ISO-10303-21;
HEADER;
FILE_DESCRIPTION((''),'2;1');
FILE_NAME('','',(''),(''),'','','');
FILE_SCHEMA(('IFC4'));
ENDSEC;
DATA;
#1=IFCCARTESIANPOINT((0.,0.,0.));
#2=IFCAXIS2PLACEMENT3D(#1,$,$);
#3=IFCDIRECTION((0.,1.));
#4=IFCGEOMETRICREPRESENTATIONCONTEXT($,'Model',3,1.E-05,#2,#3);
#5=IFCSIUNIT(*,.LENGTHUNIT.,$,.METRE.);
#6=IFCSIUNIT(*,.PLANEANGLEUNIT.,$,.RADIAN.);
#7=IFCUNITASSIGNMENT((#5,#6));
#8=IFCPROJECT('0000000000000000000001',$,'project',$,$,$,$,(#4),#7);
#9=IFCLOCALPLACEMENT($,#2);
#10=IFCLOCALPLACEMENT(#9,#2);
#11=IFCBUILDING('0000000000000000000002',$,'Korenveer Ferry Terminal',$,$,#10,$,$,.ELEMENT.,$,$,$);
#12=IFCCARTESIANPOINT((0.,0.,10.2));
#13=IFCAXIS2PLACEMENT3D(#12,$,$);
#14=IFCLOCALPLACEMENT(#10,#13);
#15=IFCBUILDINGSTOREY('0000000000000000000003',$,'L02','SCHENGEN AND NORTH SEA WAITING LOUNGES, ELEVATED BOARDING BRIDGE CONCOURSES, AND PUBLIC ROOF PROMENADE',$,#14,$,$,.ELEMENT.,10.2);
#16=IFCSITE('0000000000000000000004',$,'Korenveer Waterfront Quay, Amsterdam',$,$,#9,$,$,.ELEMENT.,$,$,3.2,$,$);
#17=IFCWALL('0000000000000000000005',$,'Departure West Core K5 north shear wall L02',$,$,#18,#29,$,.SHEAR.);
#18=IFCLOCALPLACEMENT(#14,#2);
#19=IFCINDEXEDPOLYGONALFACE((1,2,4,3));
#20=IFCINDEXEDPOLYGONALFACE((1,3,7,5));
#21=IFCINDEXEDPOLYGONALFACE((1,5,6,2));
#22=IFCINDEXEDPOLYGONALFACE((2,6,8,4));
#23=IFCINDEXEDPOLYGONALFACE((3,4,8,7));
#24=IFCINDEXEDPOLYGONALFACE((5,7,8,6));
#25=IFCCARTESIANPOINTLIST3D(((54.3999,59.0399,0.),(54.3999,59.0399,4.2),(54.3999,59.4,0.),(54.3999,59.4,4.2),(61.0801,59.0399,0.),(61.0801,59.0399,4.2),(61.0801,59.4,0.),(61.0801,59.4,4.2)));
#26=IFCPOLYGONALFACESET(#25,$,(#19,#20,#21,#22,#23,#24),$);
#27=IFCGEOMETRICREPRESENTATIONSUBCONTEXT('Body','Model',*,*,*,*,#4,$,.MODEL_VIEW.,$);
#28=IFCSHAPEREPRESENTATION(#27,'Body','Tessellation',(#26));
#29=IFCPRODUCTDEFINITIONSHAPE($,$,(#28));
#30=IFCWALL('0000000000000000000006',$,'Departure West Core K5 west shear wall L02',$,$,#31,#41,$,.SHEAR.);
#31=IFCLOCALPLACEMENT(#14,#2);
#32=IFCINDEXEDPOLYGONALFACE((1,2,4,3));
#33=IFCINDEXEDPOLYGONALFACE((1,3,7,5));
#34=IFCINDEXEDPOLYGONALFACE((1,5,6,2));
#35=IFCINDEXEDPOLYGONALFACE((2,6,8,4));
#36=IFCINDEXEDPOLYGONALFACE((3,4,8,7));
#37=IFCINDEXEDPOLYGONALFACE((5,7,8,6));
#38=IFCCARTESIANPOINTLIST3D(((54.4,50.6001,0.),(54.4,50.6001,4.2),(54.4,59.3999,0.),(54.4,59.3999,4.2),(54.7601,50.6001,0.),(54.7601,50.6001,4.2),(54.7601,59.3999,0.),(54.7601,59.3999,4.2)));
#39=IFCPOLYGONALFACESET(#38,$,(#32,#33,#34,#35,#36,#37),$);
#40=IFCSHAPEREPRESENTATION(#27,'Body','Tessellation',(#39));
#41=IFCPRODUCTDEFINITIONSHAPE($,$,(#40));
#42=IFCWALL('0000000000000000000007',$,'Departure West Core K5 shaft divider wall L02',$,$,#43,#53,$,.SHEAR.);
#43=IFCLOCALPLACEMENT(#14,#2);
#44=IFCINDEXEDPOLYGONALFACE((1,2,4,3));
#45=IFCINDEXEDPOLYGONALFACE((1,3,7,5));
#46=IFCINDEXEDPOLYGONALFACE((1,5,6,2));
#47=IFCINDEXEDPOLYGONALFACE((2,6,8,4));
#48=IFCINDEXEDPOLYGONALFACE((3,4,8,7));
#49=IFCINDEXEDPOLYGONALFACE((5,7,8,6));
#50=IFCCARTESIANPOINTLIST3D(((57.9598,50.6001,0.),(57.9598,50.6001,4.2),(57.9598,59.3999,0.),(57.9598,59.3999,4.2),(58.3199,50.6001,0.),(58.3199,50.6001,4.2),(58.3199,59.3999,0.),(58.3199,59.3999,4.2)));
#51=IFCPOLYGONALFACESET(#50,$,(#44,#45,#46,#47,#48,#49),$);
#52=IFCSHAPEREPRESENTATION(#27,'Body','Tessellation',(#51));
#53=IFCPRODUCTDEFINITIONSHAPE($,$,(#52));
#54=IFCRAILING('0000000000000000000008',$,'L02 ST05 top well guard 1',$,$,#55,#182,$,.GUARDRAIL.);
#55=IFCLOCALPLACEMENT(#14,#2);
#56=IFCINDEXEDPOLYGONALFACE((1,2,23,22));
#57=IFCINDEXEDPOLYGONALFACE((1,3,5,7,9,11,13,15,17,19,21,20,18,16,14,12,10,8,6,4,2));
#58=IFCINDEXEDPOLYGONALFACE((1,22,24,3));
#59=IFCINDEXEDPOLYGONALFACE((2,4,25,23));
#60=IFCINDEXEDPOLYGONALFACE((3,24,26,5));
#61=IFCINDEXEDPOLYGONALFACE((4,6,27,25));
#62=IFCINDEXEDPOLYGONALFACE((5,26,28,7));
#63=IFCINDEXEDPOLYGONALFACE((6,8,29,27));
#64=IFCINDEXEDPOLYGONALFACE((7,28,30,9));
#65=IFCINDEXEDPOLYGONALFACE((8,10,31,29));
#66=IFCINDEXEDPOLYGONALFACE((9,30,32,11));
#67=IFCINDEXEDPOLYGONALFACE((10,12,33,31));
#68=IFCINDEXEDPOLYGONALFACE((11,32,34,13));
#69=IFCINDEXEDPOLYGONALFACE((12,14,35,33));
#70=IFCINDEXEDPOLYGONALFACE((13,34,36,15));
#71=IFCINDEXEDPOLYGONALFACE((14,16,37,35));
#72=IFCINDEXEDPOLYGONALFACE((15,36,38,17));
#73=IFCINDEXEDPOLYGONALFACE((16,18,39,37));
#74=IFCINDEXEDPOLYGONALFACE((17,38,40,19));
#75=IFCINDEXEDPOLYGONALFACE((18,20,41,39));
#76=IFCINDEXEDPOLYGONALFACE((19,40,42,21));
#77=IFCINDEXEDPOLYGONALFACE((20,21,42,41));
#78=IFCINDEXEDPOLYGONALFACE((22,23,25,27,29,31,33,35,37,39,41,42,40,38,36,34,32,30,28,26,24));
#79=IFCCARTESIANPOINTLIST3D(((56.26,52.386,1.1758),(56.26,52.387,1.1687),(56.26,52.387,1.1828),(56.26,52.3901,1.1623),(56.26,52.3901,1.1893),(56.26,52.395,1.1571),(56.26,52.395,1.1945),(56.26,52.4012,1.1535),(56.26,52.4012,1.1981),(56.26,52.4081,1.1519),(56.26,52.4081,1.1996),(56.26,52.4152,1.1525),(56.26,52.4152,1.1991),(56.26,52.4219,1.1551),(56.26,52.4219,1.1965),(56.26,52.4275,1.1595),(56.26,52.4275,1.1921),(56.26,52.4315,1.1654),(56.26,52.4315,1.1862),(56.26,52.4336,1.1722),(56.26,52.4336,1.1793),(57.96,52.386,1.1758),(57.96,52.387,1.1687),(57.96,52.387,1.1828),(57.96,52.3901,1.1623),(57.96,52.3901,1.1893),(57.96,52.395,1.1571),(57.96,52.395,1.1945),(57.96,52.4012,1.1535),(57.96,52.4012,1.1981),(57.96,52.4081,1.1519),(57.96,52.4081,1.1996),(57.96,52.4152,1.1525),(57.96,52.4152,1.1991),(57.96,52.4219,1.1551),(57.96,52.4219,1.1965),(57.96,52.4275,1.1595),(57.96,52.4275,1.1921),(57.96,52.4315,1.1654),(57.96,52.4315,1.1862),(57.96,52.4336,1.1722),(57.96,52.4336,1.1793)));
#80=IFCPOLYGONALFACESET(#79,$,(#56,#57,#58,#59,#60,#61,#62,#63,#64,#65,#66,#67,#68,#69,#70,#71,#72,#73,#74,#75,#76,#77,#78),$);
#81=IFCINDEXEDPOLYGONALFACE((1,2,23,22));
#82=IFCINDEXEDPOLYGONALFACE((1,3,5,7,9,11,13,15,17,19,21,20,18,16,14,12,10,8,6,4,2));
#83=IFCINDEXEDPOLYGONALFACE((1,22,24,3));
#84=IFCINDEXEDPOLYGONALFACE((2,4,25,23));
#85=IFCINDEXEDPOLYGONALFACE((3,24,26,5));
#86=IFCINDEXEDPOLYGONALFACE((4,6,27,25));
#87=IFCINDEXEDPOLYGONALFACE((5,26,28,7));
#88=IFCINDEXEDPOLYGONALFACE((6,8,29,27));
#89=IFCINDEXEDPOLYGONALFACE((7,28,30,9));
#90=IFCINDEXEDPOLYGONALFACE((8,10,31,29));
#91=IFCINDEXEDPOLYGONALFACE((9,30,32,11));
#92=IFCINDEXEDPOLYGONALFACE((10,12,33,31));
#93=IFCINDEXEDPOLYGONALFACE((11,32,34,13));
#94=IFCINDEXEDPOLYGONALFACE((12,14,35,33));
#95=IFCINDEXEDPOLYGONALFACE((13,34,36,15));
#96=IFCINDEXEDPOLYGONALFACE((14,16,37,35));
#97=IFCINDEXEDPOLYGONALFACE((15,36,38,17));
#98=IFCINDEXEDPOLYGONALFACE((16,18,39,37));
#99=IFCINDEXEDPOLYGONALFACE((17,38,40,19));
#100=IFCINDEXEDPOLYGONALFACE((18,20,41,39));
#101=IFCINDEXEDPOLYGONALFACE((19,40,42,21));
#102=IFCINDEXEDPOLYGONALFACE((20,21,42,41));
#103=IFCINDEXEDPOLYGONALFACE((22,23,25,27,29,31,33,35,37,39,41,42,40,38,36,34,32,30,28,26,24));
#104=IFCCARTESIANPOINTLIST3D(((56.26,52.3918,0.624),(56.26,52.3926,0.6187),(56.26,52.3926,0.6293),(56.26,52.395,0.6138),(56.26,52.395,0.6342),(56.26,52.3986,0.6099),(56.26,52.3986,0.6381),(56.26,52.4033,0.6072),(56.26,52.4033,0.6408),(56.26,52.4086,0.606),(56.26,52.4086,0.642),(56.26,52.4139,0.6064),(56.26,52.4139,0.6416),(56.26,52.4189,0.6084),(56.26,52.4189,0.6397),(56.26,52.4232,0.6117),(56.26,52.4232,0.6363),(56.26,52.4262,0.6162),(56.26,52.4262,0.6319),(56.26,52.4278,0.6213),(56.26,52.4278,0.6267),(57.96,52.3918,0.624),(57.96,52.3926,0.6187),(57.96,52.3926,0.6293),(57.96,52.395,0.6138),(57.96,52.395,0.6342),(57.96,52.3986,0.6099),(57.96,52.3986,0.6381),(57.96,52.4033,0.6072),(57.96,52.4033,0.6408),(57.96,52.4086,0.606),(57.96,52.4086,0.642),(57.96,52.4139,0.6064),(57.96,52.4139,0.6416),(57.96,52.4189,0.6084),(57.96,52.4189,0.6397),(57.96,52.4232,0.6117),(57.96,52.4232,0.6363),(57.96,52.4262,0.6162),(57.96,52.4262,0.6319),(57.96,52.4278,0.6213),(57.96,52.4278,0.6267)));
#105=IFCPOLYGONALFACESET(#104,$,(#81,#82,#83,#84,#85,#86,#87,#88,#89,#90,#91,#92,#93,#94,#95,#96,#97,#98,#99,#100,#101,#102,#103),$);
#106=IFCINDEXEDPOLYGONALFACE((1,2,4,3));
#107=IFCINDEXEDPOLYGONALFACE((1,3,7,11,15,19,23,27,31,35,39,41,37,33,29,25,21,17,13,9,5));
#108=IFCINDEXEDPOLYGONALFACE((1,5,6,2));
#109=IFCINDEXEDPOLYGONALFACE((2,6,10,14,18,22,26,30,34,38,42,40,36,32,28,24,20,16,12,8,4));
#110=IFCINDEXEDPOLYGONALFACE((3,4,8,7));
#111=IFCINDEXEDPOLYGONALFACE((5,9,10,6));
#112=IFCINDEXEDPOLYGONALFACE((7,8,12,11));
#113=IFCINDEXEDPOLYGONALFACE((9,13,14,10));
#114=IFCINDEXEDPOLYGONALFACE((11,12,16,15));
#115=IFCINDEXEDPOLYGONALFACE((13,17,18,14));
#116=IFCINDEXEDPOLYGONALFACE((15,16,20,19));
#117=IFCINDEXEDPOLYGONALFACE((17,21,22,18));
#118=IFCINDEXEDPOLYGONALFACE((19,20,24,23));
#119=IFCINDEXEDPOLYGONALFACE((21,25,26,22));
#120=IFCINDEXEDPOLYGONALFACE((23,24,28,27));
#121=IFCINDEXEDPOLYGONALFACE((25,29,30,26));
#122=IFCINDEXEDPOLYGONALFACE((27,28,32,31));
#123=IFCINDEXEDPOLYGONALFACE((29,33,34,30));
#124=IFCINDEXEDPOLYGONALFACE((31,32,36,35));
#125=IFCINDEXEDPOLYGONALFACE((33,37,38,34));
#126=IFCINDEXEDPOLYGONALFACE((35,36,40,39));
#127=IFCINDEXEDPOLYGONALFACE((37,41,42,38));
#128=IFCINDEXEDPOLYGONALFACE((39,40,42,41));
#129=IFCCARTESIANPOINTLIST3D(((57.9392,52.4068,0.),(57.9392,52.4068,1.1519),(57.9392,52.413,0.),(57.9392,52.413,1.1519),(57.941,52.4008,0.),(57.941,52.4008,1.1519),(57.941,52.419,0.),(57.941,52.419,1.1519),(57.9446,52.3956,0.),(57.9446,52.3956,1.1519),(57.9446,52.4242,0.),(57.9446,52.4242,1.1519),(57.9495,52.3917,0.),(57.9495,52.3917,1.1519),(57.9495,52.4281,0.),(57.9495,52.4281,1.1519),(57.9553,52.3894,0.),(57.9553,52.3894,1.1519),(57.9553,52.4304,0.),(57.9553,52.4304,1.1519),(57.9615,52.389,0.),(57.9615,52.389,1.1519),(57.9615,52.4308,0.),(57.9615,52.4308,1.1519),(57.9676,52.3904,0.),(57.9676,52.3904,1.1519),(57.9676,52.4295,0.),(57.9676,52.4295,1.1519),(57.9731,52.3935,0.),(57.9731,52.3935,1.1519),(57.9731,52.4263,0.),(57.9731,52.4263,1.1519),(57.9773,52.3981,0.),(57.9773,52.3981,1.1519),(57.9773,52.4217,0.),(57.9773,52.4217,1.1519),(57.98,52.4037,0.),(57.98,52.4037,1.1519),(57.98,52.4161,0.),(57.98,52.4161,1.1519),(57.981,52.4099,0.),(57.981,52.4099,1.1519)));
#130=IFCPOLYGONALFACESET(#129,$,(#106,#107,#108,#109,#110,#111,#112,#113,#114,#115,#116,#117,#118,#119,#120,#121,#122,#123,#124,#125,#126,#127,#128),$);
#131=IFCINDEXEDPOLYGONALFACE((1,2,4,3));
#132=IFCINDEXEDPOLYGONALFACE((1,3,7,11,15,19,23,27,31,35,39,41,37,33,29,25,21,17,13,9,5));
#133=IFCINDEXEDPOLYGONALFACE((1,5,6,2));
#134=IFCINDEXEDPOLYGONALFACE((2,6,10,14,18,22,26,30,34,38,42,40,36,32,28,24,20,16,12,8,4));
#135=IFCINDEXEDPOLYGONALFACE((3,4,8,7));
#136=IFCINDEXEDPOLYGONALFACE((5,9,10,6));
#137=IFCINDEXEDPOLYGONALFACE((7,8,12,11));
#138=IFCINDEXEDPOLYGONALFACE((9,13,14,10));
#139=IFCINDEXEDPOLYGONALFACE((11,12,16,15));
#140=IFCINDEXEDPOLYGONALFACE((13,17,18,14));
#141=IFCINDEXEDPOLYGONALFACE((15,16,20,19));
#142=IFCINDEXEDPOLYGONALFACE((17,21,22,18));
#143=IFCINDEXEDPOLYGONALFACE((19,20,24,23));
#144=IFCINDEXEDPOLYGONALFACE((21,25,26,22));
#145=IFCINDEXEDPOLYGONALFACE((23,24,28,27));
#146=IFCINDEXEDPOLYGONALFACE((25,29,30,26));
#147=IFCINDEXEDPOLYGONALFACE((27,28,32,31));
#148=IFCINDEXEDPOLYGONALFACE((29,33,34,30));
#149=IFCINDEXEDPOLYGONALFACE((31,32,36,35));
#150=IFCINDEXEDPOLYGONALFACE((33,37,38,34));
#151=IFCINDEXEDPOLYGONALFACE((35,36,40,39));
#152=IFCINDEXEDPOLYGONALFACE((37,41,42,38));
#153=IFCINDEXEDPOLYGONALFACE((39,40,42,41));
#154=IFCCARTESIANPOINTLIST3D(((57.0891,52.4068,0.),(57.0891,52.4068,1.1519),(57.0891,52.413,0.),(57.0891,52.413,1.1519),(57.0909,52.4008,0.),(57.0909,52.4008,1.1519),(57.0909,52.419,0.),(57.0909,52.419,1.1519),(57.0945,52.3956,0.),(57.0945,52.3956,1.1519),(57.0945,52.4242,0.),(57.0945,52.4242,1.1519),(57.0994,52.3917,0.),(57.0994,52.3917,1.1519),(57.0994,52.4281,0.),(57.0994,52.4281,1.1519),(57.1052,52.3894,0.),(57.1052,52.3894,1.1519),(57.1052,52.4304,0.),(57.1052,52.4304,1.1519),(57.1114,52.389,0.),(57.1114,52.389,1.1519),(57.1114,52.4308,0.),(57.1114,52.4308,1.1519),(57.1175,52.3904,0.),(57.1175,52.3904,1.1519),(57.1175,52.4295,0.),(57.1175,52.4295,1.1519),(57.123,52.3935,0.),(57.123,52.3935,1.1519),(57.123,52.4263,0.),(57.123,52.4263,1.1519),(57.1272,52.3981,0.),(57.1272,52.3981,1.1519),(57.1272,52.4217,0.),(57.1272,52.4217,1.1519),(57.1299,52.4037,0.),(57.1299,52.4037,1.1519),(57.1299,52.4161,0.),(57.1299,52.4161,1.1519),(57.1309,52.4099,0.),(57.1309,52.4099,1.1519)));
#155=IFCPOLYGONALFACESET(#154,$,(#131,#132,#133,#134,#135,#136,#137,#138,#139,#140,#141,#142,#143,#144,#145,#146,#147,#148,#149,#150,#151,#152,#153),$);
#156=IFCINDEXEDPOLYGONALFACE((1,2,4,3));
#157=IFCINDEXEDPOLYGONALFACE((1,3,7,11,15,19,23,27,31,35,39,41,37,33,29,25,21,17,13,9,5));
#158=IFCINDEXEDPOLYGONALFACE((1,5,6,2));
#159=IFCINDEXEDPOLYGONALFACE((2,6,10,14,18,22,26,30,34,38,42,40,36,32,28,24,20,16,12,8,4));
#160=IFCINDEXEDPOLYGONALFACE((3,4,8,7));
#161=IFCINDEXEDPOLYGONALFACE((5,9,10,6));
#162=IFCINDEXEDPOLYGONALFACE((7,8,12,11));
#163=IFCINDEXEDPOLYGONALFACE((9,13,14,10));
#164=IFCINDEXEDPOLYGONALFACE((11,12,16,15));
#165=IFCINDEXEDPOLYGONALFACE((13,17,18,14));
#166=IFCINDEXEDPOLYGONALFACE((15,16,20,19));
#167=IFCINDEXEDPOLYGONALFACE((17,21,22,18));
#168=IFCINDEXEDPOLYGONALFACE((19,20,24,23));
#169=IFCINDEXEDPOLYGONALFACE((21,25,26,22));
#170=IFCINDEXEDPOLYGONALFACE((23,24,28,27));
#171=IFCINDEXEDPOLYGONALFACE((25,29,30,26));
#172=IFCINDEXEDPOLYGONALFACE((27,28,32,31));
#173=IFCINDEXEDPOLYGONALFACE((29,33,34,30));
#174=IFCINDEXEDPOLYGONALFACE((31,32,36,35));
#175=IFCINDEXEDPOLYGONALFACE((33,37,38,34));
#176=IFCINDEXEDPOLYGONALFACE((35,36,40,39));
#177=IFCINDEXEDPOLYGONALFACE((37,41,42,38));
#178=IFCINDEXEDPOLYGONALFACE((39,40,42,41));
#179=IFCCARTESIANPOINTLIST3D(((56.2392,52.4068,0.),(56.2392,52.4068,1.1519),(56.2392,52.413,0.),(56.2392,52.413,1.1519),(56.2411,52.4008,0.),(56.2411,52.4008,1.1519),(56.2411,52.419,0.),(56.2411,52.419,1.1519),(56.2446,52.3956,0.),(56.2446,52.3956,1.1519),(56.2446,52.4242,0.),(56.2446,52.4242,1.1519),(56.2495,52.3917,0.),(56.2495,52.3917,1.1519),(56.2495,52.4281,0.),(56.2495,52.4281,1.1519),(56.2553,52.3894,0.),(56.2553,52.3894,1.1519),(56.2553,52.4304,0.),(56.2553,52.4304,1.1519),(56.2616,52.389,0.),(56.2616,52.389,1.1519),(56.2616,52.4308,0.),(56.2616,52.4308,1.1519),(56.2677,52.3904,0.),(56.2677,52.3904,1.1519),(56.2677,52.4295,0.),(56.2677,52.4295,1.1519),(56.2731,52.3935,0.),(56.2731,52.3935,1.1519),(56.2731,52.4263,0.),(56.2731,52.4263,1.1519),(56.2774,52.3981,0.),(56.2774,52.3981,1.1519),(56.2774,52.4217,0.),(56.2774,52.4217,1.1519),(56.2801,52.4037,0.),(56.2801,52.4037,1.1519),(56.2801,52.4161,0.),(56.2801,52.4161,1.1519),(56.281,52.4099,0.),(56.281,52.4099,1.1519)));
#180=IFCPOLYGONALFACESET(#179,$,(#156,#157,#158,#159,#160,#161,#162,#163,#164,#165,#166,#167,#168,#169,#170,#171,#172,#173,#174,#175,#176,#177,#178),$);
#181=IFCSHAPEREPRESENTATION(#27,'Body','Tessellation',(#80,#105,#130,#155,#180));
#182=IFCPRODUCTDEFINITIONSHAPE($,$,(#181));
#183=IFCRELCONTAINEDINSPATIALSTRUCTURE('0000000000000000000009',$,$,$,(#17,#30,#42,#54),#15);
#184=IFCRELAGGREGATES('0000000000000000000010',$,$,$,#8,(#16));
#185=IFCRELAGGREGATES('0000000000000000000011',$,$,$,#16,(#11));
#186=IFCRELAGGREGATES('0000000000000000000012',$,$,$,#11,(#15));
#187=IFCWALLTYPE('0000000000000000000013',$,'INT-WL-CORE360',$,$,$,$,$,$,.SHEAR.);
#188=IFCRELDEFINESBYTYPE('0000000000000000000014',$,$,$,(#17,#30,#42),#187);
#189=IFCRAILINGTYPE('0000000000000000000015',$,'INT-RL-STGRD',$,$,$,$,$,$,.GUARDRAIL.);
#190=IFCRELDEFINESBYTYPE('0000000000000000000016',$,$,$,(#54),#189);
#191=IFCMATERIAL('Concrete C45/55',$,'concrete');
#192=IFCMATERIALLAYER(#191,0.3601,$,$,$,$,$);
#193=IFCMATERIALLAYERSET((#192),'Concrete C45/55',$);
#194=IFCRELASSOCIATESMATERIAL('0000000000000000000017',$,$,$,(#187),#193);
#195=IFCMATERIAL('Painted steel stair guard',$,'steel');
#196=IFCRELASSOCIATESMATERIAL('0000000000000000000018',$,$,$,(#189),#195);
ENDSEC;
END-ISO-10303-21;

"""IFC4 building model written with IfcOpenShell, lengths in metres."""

from ifc_helpers import new_model, si_unit, direction, frame, frame_2d, origin, origin_2d, place, context, subcontext, project, spatial, rectangle, circle, extrude, material, layer, layer_set, type_object, element, save


model = new_model("IFC4")

# Units and contexts
model_context = context("Model", 3, precision=1e-05, world=origin(), true_north=direction((0.0, 1.0)))
body_context = subcontext(model_context, "Body", "Model", "MODEL_VIEW")
ifc_project = project(units=[si_unit("LENGTHUNIT", "METRE"), si_unit("PLANEANGLEUNIT", "RADIAN")], contexts=[model_context])

# Site, building, storey
site_placement = place(None, origin())
site = spatial("IfcSite", under=ifc_project, at=site_placement, Name="Korenveer Waterfront Quay, Amsterdam", CompositionType="ELEMENT", RefElevation=3.2)
building_placement = place(site_placement, origin())
building = spatial("IfcBuilding", under=site, at=building_placement, Name="Korenveer Ferry Terminal", CompositionType="ELEMENT")
storey_placement = place(building_placement, frame((0.0, 0.0, 10.2)))
storey = spatial("IfcBuildingStorey", under=building, at=storey_placement, Name="L02", Description="SCHENGEN AND NORTH SEA WAITING LOUNGES, ELEVATED BOARDING BRIDGE CONCOURSES, AND PUBLIC ROOF PROMENADE", CompositionType="ELEMENT", Elevation=10.2)

# Shared definitions
ifc_material_1 = material(Name="Concrete C45/55", Category="concrete")
ifc_layer_1 = layer(ifc_material_1, 0.3601)
ifc_layer_set_1 = layer_set([ifc_layer_1], Name="Concrete C45/55")
wall_type = type_object("IfcWallType", Name="INT-WL-CORE360", PredefinedType="SHEAR", material=ifc_layer_set_1)

# Walls
wall_1_placement = place(storey_placement, frame((54.3999, 59.22, 0.0), z_axis=(0.0, 0.0, 1.0), x_axis=(1.0, 0.0, 0.0)))
element("IfcWall", 1, at=wall_1_placement, inside=storey, type_object=wall_type, Name="Departure West Core K5 north shear wall L02", PredefinedType="SHEAR", context=body_context, shape_type="SweptSolid", body=[
    extrude(rectangle(XDim=6.6802, YDim=0.3601, at=frame_2d((3.3401, 0.0))), origin(), (0.0, 0.0, 1.0), 4.2),
])
for number, where, z_axis, x_axis, name in (
    (2, (54.5801, 50.6001, 0.0), (0.0, 0.0, 1.0), (0.0, 1.0, 0.0), "Departure West Core K5 west shear wall L02"),
    (3, (58.1399, 50.6001, 0.0), (0.0, 0.0, 1.0), (0.0, 1.0, 0.0), "Departure West Core K5 shaft divider wall L02"),
):
    element("IfcWall", number, at=place(storey_placement, frame(where, z_axis=z_axis, x_axis=x_axis)), inside=storey, type_object=wall_type, Name=name, PredefinedType="SHEAR", context=body_context, shape_type="SweptSolid", body=[
        extrude(rectangle(XDim=8.7998, YDim=0.3601, at=frame_2d((4.3999, 0.0))), origin(), (0.0, 0.0, 1.0), 4.2),
    ])

# Railing
ifc_material_2 = material(Name="Painted steel stair guard", Category="steel")
railing_type = type_object("IfcRailingType", Name="INT-RL-STGRD", PredefinedType="GUARDRAIL", material=ifc_material_2)
railing_placement = place(storey_placement, frame((57.96, 52.4099, 0.0)))
element("IfcRailing", 4, at=railing_placement, inside=storey, type_object=railing_type, Name="L02 ST05 top well guard 1", PredefinedType="GUARDRAIL", context=body_context, shape_type="SweptSolid", body=[
    extrude(circle(Radius=0.0239, at=origin_2d()), frame((0.0, 0.0, 1.1758), z_axis=(-1.0, 0.0, 0.0), x_axis=(0.0, -1.0, 0.0)), (0.0, 0.0, 1.0), 1.7),
    extrude(circle(Radius=0.0181, at=origin_2d()), frame((0.0, 0.0, 0.624), z_axis=(-1.0, 0.0, 0.0), x_axis=(0.0, -1.0, 0.0)), (0.0, 0.0, 1.0), 1.7),
    extrude(circle(Radius=0.021, at=origin_2d()), origin(), (0.0, 0.0, 1.0), 1.1519),
    extrude(circle(Radius=0.021, at=origin_2d()), frame((-0.8501, 0.0, 0.0)), (0.0, 0.0, 1.0), 1.1519),
    extrude(circle(Radius=0.021, at=origin_2d()), frame((-1.7, 0.0, 0.0)), (0.0, 0.0, 1.0), 1.1519),
])

save(model, "model.ifc")
